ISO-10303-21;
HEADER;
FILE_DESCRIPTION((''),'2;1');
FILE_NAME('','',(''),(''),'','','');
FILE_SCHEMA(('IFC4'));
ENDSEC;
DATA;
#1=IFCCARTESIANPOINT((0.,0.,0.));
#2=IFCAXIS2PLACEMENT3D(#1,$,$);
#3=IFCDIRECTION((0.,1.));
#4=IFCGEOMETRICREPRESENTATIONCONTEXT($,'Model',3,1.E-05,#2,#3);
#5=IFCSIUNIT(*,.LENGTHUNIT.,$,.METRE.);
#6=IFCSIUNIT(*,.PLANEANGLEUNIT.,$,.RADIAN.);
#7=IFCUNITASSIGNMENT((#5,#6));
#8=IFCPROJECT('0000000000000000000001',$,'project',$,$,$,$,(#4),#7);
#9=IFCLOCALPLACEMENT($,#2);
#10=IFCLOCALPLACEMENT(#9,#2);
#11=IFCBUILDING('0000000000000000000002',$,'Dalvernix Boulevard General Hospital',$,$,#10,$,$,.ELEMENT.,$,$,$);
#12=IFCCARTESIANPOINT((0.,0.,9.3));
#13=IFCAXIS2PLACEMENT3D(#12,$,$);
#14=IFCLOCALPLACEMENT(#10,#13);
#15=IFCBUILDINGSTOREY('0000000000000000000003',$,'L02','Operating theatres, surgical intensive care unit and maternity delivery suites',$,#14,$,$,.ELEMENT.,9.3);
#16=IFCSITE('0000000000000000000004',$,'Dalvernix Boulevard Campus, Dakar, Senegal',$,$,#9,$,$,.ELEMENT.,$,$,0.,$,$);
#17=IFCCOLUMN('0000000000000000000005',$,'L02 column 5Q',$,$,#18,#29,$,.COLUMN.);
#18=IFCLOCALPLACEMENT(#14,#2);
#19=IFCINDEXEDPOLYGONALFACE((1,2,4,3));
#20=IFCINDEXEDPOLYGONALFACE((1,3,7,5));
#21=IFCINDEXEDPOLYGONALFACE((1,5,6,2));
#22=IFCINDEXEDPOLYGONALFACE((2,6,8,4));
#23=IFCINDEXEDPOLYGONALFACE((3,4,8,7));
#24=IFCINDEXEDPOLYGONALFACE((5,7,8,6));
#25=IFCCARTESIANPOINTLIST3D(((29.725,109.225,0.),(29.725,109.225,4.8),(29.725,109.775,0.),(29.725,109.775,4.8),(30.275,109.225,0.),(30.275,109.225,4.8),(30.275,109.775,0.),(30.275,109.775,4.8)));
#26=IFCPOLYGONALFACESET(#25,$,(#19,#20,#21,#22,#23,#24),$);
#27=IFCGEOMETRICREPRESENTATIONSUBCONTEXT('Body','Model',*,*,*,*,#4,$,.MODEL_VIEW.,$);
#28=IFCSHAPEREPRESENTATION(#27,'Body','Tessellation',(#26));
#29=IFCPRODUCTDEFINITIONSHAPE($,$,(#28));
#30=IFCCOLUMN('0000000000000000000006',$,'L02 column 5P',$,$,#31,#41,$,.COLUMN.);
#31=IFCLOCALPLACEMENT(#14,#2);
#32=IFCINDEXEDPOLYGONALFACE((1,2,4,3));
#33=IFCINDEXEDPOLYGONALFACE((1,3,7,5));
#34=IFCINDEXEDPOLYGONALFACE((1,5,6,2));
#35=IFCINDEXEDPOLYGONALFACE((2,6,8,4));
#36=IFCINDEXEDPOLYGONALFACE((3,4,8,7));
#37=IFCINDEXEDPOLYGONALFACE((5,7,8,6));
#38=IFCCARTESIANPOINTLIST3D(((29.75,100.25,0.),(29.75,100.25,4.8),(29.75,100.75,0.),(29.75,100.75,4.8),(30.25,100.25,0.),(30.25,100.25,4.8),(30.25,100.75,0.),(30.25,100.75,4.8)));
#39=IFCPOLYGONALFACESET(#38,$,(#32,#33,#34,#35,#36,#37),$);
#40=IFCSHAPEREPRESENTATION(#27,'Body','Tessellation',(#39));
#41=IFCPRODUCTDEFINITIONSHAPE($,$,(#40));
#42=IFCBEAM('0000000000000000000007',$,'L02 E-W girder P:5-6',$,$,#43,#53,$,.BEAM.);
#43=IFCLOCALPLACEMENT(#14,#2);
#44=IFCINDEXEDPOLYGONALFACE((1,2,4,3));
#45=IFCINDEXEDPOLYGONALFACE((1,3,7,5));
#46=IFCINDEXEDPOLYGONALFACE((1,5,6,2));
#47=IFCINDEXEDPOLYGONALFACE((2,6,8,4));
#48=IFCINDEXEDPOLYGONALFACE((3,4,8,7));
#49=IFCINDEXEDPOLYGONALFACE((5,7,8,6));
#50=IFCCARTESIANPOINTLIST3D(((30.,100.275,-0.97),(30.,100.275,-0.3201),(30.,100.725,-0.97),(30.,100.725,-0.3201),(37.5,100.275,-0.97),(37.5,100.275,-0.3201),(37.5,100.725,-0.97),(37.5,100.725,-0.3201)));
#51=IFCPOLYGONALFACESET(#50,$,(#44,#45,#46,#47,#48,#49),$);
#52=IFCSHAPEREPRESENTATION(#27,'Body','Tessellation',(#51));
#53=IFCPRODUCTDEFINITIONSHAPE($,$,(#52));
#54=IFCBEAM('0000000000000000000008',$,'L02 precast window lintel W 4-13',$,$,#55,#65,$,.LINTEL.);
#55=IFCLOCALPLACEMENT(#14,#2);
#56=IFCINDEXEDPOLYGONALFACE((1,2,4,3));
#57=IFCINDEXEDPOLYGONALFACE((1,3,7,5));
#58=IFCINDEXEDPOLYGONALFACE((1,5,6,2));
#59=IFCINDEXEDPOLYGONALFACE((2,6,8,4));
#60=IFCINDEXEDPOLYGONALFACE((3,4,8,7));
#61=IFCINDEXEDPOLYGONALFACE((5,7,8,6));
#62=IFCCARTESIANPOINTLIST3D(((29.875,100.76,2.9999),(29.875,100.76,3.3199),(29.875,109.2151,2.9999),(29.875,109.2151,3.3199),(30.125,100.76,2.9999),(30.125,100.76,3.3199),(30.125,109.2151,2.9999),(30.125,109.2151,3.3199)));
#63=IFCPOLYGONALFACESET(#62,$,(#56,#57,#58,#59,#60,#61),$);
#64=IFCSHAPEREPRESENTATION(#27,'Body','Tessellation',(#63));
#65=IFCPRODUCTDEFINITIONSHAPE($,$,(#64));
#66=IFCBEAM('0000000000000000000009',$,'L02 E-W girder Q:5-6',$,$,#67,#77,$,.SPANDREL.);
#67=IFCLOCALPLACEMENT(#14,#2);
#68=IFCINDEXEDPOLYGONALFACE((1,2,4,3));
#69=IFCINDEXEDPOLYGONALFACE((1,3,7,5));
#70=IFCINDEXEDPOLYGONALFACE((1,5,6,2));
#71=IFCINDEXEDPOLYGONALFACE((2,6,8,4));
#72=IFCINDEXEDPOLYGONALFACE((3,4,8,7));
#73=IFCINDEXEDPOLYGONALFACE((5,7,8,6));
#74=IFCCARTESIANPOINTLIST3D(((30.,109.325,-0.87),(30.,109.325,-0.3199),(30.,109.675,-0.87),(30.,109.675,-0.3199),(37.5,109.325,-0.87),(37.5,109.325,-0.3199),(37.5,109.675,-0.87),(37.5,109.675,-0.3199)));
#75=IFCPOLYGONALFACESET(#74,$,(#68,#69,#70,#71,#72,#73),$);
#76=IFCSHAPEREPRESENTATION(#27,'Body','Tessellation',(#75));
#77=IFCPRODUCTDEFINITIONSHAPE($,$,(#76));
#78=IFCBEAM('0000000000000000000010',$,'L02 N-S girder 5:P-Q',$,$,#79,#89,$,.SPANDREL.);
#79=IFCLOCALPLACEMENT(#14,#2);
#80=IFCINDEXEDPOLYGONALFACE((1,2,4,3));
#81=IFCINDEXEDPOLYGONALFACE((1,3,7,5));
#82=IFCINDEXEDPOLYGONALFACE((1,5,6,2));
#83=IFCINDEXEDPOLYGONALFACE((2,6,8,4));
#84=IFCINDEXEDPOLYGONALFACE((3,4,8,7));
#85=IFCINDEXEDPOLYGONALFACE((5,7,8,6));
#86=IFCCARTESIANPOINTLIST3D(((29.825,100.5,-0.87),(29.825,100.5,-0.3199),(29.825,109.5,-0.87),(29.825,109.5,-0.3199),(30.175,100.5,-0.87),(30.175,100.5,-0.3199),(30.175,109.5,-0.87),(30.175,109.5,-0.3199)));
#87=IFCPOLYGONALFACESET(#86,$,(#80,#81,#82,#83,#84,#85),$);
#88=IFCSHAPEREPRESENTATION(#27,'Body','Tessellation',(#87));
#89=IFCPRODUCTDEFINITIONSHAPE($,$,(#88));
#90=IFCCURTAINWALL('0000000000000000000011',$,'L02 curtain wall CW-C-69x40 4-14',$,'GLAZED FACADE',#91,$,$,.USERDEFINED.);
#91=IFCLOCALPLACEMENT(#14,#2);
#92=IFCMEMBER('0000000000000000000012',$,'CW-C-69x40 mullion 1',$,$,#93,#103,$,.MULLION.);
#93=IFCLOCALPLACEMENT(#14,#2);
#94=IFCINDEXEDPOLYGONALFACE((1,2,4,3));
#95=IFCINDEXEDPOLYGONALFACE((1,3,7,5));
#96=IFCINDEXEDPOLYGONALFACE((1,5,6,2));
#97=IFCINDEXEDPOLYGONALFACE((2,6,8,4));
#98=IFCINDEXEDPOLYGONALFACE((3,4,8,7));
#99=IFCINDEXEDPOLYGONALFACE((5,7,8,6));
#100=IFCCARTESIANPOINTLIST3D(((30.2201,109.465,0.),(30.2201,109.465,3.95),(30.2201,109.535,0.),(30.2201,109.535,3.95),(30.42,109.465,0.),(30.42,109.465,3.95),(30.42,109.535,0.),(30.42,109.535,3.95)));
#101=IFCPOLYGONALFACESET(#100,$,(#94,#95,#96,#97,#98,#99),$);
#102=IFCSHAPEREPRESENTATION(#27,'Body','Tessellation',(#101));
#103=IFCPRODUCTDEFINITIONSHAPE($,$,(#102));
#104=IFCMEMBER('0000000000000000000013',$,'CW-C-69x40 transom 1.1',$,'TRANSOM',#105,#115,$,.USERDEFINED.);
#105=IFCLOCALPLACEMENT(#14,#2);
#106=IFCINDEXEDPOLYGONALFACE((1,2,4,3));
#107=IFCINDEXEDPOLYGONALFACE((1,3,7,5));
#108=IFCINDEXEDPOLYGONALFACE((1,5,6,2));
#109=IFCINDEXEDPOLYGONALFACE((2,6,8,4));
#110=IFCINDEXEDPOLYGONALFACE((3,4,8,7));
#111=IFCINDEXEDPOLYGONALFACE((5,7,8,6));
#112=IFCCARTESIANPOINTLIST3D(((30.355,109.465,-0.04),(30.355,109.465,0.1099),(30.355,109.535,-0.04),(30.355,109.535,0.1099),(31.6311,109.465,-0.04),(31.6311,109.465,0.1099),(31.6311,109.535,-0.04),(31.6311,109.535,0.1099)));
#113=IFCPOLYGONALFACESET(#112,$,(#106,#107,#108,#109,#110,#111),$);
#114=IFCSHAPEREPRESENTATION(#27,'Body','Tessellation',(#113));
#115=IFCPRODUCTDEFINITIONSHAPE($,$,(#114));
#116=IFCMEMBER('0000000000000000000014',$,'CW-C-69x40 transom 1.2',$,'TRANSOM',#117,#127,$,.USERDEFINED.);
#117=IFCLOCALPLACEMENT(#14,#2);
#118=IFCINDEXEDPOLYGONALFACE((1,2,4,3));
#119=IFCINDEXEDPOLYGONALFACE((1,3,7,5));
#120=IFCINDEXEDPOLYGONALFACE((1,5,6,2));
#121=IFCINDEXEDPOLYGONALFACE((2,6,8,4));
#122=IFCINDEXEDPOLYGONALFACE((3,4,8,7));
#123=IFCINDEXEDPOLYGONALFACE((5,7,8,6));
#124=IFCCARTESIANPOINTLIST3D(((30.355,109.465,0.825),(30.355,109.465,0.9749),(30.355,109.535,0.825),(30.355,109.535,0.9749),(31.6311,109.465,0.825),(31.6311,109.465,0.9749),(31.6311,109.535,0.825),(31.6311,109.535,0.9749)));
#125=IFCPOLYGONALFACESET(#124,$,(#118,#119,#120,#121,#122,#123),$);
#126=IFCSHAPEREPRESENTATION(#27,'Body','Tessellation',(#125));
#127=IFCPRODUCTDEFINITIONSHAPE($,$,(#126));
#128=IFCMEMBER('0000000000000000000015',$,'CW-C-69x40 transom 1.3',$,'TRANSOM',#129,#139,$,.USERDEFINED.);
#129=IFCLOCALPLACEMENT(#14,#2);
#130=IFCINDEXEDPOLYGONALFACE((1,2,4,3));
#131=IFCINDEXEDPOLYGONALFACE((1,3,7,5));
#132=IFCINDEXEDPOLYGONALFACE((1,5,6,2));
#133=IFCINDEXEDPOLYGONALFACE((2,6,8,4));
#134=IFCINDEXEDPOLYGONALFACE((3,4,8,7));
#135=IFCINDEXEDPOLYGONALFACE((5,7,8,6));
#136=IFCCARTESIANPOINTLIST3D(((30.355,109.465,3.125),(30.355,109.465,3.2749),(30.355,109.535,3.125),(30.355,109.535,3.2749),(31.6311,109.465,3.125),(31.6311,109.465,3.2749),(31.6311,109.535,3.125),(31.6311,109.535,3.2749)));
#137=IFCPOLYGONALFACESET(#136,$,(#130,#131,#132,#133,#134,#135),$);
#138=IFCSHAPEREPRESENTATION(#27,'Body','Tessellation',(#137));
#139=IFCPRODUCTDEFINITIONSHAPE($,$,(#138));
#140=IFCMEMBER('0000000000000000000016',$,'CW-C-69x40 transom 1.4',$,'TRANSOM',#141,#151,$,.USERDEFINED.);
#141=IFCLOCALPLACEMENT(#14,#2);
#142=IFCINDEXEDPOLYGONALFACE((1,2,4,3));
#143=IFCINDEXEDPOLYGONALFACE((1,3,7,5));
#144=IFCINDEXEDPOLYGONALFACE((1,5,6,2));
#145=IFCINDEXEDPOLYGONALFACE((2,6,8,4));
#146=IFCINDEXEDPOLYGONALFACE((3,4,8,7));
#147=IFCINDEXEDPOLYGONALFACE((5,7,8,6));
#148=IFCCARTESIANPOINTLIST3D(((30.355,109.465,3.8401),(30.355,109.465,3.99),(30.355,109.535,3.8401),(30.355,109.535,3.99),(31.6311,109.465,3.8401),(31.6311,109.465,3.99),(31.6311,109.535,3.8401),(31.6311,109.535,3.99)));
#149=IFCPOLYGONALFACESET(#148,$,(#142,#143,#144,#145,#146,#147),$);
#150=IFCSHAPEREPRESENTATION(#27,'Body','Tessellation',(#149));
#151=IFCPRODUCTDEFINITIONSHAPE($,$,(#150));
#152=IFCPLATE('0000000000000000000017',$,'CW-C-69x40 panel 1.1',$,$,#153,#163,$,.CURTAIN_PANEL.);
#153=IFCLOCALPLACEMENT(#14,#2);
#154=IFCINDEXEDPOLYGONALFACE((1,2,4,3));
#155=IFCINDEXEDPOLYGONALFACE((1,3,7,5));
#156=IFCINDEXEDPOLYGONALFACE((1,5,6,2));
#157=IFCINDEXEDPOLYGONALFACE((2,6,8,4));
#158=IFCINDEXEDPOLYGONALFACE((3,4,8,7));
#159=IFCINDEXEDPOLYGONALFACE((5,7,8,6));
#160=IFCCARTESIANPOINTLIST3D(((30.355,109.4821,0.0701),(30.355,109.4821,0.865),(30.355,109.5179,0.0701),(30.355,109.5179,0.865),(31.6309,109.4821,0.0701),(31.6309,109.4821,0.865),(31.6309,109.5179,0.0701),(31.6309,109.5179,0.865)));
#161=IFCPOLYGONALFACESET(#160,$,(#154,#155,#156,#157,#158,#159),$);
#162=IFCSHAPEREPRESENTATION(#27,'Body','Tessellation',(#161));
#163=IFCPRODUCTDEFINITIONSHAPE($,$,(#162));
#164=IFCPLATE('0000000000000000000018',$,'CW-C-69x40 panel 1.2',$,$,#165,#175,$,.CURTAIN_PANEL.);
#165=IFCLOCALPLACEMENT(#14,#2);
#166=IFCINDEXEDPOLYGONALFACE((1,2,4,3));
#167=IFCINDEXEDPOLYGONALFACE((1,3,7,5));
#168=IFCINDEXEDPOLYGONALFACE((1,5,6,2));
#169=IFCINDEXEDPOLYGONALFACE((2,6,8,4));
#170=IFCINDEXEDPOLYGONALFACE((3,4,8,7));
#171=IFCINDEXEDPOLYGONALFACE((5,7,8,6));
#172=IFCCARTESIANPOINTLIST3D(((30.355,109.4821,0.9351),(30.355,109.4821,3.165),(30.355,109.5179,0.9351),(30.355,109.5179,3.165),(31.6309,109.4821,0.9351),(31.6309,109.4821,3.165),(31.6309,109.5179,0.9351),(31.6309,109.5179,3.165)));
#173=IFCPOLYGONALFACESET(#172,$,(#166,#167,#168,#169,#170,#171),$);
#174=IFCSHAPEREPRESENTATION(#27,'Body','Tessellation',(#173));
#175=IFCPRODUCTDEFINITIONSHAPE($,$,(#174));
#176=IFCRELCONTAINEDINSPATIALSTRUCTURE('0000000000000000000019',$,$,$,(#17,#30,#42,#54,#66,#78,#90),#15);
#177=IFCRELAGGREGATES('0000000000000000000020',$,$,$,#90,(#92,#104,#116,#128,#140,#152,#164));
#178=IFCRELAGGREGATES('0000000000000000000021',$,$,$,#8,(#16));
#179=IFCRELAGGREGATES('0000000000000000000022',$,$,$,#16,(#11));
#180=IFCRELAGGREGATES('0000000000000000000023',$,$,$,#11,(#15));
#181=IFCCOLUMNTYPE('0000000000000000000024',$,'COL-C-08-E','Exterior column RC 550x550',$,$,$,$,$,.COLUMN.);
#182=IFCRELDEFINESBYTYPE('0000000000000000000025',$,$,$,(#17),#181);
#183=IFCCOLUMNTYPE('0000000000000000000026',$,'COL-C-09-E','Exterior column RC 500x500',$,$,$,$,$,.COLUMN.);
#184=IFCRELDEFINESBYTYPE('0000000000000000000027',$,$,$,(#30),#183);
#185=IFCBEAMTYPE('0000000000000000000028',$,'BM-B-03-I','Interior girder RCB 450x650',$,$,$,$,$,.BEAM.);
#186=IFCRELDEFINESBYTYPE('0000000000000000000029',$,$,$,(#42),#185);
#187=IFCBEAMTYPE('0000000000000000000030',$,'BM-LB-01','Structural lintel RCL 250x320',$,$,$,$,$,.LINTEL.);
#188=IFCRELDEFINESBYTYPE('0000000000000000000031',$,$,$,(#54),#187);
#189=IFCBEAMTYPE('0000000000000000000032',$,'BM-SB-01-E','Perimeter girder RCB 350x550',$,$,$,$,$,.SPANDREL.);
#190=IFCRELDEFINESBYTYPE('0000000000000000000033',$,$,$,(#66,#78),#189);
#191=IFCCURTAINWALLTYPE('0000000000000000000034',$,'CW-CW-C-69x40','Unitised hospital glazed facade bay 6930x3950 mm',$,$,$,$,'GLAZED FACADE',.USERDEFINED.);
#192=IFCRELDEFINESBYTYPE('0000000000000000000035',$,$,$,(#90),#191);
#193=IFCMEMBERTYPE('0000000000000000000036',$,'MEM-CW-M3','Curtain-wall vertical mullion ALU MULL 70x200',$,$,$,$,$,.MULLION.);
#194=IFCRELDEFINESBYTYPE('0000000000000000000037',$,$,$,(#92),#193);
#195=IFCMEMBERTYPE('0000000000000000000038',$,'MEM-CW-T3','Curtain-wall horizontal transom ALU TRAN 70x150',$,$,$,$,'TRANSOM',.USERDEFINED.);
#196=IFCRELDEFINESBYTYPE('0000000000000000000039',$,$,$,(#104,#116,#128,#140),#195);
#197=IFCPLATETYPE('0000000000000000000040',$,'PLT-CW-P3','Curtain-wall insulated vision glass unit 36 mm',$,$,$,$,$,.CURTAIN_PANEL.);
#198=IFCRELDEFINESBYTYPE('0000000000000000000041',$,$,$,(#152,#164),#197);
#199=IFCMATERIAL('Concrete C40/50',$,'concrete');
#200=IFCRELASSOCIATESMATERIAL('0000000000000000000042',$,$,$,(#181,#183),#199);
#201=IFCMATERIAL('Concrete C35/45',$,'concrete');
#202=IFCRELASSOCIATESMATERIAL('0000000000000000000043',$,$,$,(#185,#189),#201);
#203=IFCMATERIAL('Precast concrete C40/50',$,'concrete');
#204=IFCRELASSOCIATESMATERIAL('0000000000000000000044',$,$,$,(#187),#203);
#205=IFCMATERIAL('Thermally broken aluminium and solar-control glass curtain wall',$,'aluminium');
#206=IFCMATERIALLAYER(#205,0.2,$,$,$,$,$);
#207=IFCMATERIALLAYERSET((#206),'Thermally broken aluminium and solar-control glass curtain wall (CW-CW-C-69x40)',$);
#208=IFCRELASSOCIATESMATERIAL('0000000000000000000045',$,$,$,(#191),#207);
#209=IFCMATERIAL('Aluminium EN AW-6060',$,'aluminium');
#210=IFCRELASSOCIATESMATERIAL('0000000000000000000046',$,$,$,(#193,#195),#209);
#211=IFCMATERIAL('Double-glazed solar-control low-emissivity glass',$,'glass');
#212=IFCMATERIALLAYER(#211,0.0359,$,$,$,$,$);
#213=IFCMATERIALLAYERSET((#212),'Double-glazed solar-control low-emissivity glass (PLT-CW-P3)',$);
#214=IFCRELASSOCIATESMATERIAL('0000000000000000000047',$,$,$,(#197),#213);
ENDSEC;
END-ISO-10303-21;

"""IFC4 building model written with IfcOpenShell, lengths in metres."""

from ifc_helpers import new_model, si_unit, direction, frame, origin, origin_2d, place, context, subcontext, project, spatial, rectangle, extrude, material, layer, layer_set, material_profile, profile_set, type_object, element, aggregate, save


model = new_model("IFC4")

# Units and contexts
model_context = context("Model", 3, precision=1e-05, world=origin(), true_north=direction((0.0, 1.0)))
body_context = subcontext(model_context, "Body", "Model", "MODEL_VIEW")
ifc_project = project(units=[si_unit("LENGTHUNIT", "METRE"), si_unit("PLANEANGLEUNIT", "RADIAN")], contexts=[model_context])

# Site, building, storey
site_placement = place(None, origin())
site = spatial("IfcSite", under=ifc_project, at=site_placement, Name="Dalvernix Boulevard Campus, Dakar, Senegal", CompositionType="ELEMENT", RefElevation=0.0)
building_placement = place(site_placement, origin())
building = spatial("IfcBuilding", under=site, at=building_placement, Name="Dalvernix Boulevard General Hospital", CompositionType="ELEMENT")
storey_placement = place(building_placement, frame((0.0, 0.0, 9.3)))
storey = spatial("IfcBuildingStorey", under=building, at=storey_placement, Name="L02", Description="Operating theatres, surgical intensive care unit and maternity delivery suites", CompositionType="ELEMENT", Elevation=9.3)

# Columns
ifc_material_1 = material(Name="Concrete C40/50", Category="concrete")
ifc_material_profile_1 = material_profile(ifc_material_1, rectangle(XDim=0.55, YDim=0.55, at=origin_2d()), Name="RC 550x550")
ifc_profile_set_1 = profile_set([ifc_material_profile_1], Name="Concrete C40/50")
column_type_1 = type_object("IfcColumnType", Name="COL-C-08-E", Description="Exterior column RC 550x550", PredefinedType="COLUMN", material=ifc_profile_set_1)
column_1_placement = place(storey_placement, frame((30.0, 109.5, 0.0), z_axis=(0.0, 0.0, 1.0), x_axis=(1.0, 0.0, 0.0)))
element("IfcColumn", 1, at=column_1_placement, inside=storey, type_object=column_type_1, Name="L02 column 5Q", PredefinedType="COLUMN", context=body_context, shape_type="SweptSolid", body=[
    extrude(rectangle(XDim=0.55, YDim=0.55, at=origin_2d()), origin(), (0.0, 0.0, 1.0), 4.8),
])
ifc_material_profile_2 = material_profile(ifc_material_1, rectangle(XDim=0.5, YDim=0.5, at=origin_2d()), Name="RC 500x500")
ifc_profile_set_2 = profile_set([ifc_material_profile_2], Name="Concrete C40/50")
column_type_2 = type_object("IfcColumnType", Name="COL-C-09-E", Description="Exterior column RC 500x500", PredefinedType="COLUMN", material=ifc_profile_set_2)
column_2_placement = place(storey_placement, frame((30.0, 100.5, 0.0), z_axis=(0.0, 0.0, 1.0), x_axis=(1.0, 0.0, 0.0)))
element("IfcColumn", 2, at=column_2_placement, inside=storey, type_object=column_type_2, Name="L02 column 5P", PredefinedType="COLUMN", context=body_context, shape_type="SweptSolid", body=[
    extrude(rectangle(XDim=0.5, YDim=0.5, at=origin_2d()), origin(), (0.0, 0.0, 1.0), 4.8),
])

# Beams
ifc_material_2 = material(Name="Concrete C35/45", Category="concrete")
ifc_material_profile_3 = material_profile(ifc_material_2, rectangle(XDim=0.45, YDim=0.6499, at=origin_2d()), Name="RCB 450x650")
ifc_profile_set_3 = profile_set([ifc_material_profile_3], Name="Concrete C35/45")
beam_type_1 = type_object("IfcBeamType", Name="BM-B-03-I", Description="Interior girder RCB 450x650", PredefinedType="BEAM", material=ifc_profile_set_3)
beam_1_placement = place(storey_placement, frame((30.0, 100.5, -0.645), z_axis=(1.0, 0.0, 0.0), x_axis=(0.0, 1.0, 0.0)))
element("IfcBeam", 3, at=beam_1_placement, inside=storey, type_object=beam_type_1, Name="L02 E-W girder P:5-6", PredefinedType="BEAM", context=body_context, shape_type="SweptSolid", body=[
    extrude(rectangle(XDim=0.45, YDim=0.6499, at=origin_2d()), origin(), (0.0, 0.0, 1.0), 7.5),
])
ifc_material_3 = material(Name="Precast concrete C40/50", Category="concrete")
ifc_material_profile_4 = material_profile(ifc_material_3, rectangle(XDim=0.25, YDim=0.3201, at=origin_2d()), Name="RCL 250x320")
ifc_profile_set_4 = profile_set([ifc_material_profile_4], Name="Precast concrete C40/50")
beam_type_2 = type_object("IfcBeamType", Name="BM-LB-01", Description="Structural lintel RCL 250x320", PredefinedType="LINTEL", material=ifc_profile_set_4)
beam_2_placement = place(storey_placement, frame((30.0, 100.76, 3.1599), z_axis=(0.0, 1.0, 0.0), x_axis=(-1.0, 0.0, 0.0)))
element("IfcBeam", 4, at=beam_2_placement, inside=storey, type_object=beam_type_2, Name="L02 precast window lintel W 4-13", PredefinedType="LINTEL", context=body_context, shape_type="SweptSolid", body=[
    extrude(rectangle(XDim=0.25, YDim=0.3201, at=origin_2d()), origin(), (0.0, 0.0, 1.0), 8.4551),
])
ifc_material_profile_5 = material_profile(ifc_material_2, rectangle(XDim=0.3501, YDim=0.55, at=origin_2d()), Name="RCB 350x550")
ifc_profile_set_5 = profile_set([ifc_material_profile_5], Name="Concrete C35/45")
beam_type_3 = type_object("IfcBeamType", Name="BM-SB-01-E", Description="Perimeter girder RCB 350x550", PredefinedType="SPANDREL", material=ifc_profile_set_5)
beam_3_placement = place(storey_placement, frame((30.0, 109.5, -0.595), z_axis=(1.0, 0.0, 0.0), x_axis=(0.0, 1.0, 0.0)))
element("IfcBeam", 5, at=beam_3_placement, inside=storey, type_object=beam_type_3, Name="L02 E-W girder Q:5-6", PredefinedType="SPANDREL", context=body_context, shape_type="SweptSolid", body=[
    extrude(rectangle(XDim=0.3501, YDim=0.55, at=origin_2d()), origin(), (0.0, 0.0, 1.0), 7.5),
])
beam_4_placement = place(storey_placement, frame((30.0, 100.5, -0.595), z_axis=(0.0, 1.0, 0.0), x_axis=(-1.0, 0.0, 0.0)))
element("IfcBeam", 6, at=beam_4_placement, inside=storey, type_object=beam_type_3, Name="L02 N-S girder 5:P-Q", PredefinedType="SPANDREL", context=body_context, shape_type="SweptSolid", body=[
    extrude(rectangle(XDim=0.3501, YDim=0.55, at=origin_2d()), origin(), (0.0, 0.0, 1.0), 9.0),
])

# Curtain wall, members, plates
ifc_material_4 = material(Name="Thermally broken aluminium and solar-control glass curtain wall", Category="aluminium")
ifc_layer_1 = layer(ifc_material_4, 0.2)
ifc_layer_set_1 = layer_set([ifc_layer_1], Name="Thermally broken aluminium and solar-control glass curtain wall (CW-CW-C-69x40)")
curtain_wall_type = type_object("IfcCurtainWallType", Name="CW-CW-C-69x40", Description="Unitised hospital glazed facade bay 6930x3950 mm", ElementType="GLAZED FACADE", PredefinedType="USERDEFINED", material=ifc_layer_set_1)
curtain_wall_placement = place(storey_placement, origin())
curtain_wall = element("IfcCurtainWall", 7, at=curtain_wall_placement, inside=storey, type_object=curtain_wall_type, Name="L02 curtain wall CW-C-69x40 4-14", ObjectType="GLAZED FACADE", PredefinedType="USERDEFINED")
ifc_material_5 = material(Name="Aluminium EN AW-6060", Category="aluminium")
ifc_material_profile_6 = material_profile(ifc_material_5, rectangle(XDim=0.0701, YDim=0.2, at=origin_2d()), Name="ALU MULL 70x200")
ifc_profile_set_6 = profile_set([ifc_material_profile_6], Name="Aluminium EN AW-6060")
member_type_1 = type_object("IfcMemberType", Name="MEM-CW-M3", Description="Curtain-wall vertical mullion ALU MULL 70x200", PredefinedType="MULLION", material=ifc_profile_set_6)
member_1_placement = place(storey_placement, frame((30.3201, 109.5, 0.0), z_axis=(0.0, 0.0, 1.0), x_axis=(0.0, 1.0, 0.0)))
member_1 = element("IfcMember", 8, at=member_1_placement, type_object=member_type_1, Name="CW-C-69x40 mullion 1", PredefinedType="MULLION", context=body_context, shape_type="SweptSolid", body=[
    extrude(rectangle(XDim=0.0701, YDim=0.2, at=origin_2d()), origin(), (0.0, 0.0, 1.0), 3.95),
])
ifc_material_profile_7 = material_profile(ifc_material_5, rectangle(XDim=0.0701, YDim=0.1499, at=origin_2d()), Name="ALU TRAN 70x150")
ifc_profile_set_7 = profile_set([ifc_material_profile_7], Name="Aluminium EN AW-6060")
member_type_2 = type_object("IfcMemberType", Name="MEM-CW-T3", Description="Curtain-wall horizontal transom ALU TRAN 70x150", ElementType="TRANSOM", PredefinedType="USERDEFINED", material=ifc_profile_set_7)
member_2_placement = place(storey_placement, frame((30.355, 109.5, 0.0349), z_axis=(1.0, 0.0, 0.0), x_axis=(0.0, 1.0, 0.0)))
member_2 = element("IfcMember", 9, at=member_2_placement, type_object=member_type_2, Name="CW-C-69x40 transom 1.1", ObjectType="TRANSOM", PredefinedType="USERDEFINED", context=body_context, shape_type="SweptSolid", body=[
    extrude(rectangle(XDim=0.0701, YDim=0.1499, at=origin_2d()), origin(), (0.0, 0.0, 1.0), 1.2761),
])
member_3_placement = place(storey_placement, frame((30.355, 109.5, 0.8999), z_axis=(1.0, 0.0, 0.0), x_axis=(0.0, 1.0, 0.0)))
member_3 = element("IfcMember", 10, at=member_3_placement, type_object=member_type_2, Name="CW-C-69x40 transom 1.2", ObjectType="TRANSOM", PredefinedType="USERDEFINED", context=body_context, shape_type="SweptSolid", body=[
    extrude(rectangle(XDim=0.0701, YDim=0.1499, at=origin_2d()), origin(), (0.0, 0.0, 1.0), 1.2761),
])
member_4_placement = place(storey_placement, frame((30.355, 109.5, 3.2), z_axis=(1.0, 0.0, 0.0), x_axis=(0.0, 1.0, 0.0)))
member_4 = element("IfcMember", 11, at=member_4_placement, type_object=member_type_2, Name="CW-C-69x40 transom 1.3", ObjectType="TRANSOM", PredefinedType="USERDEFINED", context=body_context, shape_type="SweptSolid", body=[
    extrude(rectangle(XDim=0.0701, YDim=0.1499, at=origin_2d()), origin(), (0.0, 0.0, 1.0), 1.2761),
])
member_5_placement = place(storey_placement, frame((30.355, 109.5, 3.915), z_axis=(1.0, 0.0, 0.0), x_axis=(0.0, 1.0, 0.0)))
member_5 = element("IfcMember", 12, at=member_5_placement, type_object=member_type_2, Name="CW-C-69x40 transom 1.4", ObjectType="TRANSOM", PredefinedType="USERDEFINED", context=body_context, shape_type="SweptSolid", body=[
    extrude(rectangle(XDim=0.0701, YDim=0.1499, at=origin_2d()), origin(), (0.0, 0.0, 1.0), 1.2761),
])
ifc_material_6 = material(Name="Double-glazed solar-control low-emissivity glass", Category="glass")
ifc_layer_2 = layer(ifc_material_6, 0.0359)
ifc_layer_set_2 = layer_set([ifc_layer_2], Name="Double-glazed solar-control low-emissivity glass (PLT-CW-P3)")
plate_type = type_object("IfcPlateType", Name="PLT-CW-P3", Description="Curtain-wall insulated vision glass unit 36 mm", PredefinedType="CURTAIN_PANEL", material=ifc_layer_set_2)
plate_1_placement = place(storey_placement, frame((30.9929, 109.5, 0.0701), z_axis=(0.0, 0.0, 1.0), x_axis=(1.0, 0.0, 0.0)))
plate_1 = element("IfcPlate", 13, at=plate_1_placement, type_object=plate_type, Name="CW-C-69x40 panel 1.1", PredefinedType="CURTAIN_PANEL", context=body_context, shape_type="SweptSolid", body=[
    extrude(rectangle(XDim=1.2759, YDim=0.0359, at=origin_2d()), origin(), (0.0, 0.0, 1.0), 0.7949),
])
plate_2_placement = place(storey_placement, frame((30.9929, 109.5, 0.9351), z_axis=(0.0, 0.0, 1.0), x_axis=(1.0, 0.0, 0.0)))
plate_2 = element("IfcPlate", 14, at=plate_2_placement, type_object=plate_type, Name="CW-C-69x40 panel 1.2", PredefinedType="CURTAIN_PANEL", context=body_context, shape_type="SweptSolid", body=[
    extrude(rectangle(XDim=1.2759, YDim=0.0359, at=origin_2d()), origin(), (0.0, 0.0, 1.0), 2.23),
])
aggregate(curtain_wall, [member_1, member_2, member_3, member_4, member_5, plate_1, plate_2])

save(model, "model.ifc")
